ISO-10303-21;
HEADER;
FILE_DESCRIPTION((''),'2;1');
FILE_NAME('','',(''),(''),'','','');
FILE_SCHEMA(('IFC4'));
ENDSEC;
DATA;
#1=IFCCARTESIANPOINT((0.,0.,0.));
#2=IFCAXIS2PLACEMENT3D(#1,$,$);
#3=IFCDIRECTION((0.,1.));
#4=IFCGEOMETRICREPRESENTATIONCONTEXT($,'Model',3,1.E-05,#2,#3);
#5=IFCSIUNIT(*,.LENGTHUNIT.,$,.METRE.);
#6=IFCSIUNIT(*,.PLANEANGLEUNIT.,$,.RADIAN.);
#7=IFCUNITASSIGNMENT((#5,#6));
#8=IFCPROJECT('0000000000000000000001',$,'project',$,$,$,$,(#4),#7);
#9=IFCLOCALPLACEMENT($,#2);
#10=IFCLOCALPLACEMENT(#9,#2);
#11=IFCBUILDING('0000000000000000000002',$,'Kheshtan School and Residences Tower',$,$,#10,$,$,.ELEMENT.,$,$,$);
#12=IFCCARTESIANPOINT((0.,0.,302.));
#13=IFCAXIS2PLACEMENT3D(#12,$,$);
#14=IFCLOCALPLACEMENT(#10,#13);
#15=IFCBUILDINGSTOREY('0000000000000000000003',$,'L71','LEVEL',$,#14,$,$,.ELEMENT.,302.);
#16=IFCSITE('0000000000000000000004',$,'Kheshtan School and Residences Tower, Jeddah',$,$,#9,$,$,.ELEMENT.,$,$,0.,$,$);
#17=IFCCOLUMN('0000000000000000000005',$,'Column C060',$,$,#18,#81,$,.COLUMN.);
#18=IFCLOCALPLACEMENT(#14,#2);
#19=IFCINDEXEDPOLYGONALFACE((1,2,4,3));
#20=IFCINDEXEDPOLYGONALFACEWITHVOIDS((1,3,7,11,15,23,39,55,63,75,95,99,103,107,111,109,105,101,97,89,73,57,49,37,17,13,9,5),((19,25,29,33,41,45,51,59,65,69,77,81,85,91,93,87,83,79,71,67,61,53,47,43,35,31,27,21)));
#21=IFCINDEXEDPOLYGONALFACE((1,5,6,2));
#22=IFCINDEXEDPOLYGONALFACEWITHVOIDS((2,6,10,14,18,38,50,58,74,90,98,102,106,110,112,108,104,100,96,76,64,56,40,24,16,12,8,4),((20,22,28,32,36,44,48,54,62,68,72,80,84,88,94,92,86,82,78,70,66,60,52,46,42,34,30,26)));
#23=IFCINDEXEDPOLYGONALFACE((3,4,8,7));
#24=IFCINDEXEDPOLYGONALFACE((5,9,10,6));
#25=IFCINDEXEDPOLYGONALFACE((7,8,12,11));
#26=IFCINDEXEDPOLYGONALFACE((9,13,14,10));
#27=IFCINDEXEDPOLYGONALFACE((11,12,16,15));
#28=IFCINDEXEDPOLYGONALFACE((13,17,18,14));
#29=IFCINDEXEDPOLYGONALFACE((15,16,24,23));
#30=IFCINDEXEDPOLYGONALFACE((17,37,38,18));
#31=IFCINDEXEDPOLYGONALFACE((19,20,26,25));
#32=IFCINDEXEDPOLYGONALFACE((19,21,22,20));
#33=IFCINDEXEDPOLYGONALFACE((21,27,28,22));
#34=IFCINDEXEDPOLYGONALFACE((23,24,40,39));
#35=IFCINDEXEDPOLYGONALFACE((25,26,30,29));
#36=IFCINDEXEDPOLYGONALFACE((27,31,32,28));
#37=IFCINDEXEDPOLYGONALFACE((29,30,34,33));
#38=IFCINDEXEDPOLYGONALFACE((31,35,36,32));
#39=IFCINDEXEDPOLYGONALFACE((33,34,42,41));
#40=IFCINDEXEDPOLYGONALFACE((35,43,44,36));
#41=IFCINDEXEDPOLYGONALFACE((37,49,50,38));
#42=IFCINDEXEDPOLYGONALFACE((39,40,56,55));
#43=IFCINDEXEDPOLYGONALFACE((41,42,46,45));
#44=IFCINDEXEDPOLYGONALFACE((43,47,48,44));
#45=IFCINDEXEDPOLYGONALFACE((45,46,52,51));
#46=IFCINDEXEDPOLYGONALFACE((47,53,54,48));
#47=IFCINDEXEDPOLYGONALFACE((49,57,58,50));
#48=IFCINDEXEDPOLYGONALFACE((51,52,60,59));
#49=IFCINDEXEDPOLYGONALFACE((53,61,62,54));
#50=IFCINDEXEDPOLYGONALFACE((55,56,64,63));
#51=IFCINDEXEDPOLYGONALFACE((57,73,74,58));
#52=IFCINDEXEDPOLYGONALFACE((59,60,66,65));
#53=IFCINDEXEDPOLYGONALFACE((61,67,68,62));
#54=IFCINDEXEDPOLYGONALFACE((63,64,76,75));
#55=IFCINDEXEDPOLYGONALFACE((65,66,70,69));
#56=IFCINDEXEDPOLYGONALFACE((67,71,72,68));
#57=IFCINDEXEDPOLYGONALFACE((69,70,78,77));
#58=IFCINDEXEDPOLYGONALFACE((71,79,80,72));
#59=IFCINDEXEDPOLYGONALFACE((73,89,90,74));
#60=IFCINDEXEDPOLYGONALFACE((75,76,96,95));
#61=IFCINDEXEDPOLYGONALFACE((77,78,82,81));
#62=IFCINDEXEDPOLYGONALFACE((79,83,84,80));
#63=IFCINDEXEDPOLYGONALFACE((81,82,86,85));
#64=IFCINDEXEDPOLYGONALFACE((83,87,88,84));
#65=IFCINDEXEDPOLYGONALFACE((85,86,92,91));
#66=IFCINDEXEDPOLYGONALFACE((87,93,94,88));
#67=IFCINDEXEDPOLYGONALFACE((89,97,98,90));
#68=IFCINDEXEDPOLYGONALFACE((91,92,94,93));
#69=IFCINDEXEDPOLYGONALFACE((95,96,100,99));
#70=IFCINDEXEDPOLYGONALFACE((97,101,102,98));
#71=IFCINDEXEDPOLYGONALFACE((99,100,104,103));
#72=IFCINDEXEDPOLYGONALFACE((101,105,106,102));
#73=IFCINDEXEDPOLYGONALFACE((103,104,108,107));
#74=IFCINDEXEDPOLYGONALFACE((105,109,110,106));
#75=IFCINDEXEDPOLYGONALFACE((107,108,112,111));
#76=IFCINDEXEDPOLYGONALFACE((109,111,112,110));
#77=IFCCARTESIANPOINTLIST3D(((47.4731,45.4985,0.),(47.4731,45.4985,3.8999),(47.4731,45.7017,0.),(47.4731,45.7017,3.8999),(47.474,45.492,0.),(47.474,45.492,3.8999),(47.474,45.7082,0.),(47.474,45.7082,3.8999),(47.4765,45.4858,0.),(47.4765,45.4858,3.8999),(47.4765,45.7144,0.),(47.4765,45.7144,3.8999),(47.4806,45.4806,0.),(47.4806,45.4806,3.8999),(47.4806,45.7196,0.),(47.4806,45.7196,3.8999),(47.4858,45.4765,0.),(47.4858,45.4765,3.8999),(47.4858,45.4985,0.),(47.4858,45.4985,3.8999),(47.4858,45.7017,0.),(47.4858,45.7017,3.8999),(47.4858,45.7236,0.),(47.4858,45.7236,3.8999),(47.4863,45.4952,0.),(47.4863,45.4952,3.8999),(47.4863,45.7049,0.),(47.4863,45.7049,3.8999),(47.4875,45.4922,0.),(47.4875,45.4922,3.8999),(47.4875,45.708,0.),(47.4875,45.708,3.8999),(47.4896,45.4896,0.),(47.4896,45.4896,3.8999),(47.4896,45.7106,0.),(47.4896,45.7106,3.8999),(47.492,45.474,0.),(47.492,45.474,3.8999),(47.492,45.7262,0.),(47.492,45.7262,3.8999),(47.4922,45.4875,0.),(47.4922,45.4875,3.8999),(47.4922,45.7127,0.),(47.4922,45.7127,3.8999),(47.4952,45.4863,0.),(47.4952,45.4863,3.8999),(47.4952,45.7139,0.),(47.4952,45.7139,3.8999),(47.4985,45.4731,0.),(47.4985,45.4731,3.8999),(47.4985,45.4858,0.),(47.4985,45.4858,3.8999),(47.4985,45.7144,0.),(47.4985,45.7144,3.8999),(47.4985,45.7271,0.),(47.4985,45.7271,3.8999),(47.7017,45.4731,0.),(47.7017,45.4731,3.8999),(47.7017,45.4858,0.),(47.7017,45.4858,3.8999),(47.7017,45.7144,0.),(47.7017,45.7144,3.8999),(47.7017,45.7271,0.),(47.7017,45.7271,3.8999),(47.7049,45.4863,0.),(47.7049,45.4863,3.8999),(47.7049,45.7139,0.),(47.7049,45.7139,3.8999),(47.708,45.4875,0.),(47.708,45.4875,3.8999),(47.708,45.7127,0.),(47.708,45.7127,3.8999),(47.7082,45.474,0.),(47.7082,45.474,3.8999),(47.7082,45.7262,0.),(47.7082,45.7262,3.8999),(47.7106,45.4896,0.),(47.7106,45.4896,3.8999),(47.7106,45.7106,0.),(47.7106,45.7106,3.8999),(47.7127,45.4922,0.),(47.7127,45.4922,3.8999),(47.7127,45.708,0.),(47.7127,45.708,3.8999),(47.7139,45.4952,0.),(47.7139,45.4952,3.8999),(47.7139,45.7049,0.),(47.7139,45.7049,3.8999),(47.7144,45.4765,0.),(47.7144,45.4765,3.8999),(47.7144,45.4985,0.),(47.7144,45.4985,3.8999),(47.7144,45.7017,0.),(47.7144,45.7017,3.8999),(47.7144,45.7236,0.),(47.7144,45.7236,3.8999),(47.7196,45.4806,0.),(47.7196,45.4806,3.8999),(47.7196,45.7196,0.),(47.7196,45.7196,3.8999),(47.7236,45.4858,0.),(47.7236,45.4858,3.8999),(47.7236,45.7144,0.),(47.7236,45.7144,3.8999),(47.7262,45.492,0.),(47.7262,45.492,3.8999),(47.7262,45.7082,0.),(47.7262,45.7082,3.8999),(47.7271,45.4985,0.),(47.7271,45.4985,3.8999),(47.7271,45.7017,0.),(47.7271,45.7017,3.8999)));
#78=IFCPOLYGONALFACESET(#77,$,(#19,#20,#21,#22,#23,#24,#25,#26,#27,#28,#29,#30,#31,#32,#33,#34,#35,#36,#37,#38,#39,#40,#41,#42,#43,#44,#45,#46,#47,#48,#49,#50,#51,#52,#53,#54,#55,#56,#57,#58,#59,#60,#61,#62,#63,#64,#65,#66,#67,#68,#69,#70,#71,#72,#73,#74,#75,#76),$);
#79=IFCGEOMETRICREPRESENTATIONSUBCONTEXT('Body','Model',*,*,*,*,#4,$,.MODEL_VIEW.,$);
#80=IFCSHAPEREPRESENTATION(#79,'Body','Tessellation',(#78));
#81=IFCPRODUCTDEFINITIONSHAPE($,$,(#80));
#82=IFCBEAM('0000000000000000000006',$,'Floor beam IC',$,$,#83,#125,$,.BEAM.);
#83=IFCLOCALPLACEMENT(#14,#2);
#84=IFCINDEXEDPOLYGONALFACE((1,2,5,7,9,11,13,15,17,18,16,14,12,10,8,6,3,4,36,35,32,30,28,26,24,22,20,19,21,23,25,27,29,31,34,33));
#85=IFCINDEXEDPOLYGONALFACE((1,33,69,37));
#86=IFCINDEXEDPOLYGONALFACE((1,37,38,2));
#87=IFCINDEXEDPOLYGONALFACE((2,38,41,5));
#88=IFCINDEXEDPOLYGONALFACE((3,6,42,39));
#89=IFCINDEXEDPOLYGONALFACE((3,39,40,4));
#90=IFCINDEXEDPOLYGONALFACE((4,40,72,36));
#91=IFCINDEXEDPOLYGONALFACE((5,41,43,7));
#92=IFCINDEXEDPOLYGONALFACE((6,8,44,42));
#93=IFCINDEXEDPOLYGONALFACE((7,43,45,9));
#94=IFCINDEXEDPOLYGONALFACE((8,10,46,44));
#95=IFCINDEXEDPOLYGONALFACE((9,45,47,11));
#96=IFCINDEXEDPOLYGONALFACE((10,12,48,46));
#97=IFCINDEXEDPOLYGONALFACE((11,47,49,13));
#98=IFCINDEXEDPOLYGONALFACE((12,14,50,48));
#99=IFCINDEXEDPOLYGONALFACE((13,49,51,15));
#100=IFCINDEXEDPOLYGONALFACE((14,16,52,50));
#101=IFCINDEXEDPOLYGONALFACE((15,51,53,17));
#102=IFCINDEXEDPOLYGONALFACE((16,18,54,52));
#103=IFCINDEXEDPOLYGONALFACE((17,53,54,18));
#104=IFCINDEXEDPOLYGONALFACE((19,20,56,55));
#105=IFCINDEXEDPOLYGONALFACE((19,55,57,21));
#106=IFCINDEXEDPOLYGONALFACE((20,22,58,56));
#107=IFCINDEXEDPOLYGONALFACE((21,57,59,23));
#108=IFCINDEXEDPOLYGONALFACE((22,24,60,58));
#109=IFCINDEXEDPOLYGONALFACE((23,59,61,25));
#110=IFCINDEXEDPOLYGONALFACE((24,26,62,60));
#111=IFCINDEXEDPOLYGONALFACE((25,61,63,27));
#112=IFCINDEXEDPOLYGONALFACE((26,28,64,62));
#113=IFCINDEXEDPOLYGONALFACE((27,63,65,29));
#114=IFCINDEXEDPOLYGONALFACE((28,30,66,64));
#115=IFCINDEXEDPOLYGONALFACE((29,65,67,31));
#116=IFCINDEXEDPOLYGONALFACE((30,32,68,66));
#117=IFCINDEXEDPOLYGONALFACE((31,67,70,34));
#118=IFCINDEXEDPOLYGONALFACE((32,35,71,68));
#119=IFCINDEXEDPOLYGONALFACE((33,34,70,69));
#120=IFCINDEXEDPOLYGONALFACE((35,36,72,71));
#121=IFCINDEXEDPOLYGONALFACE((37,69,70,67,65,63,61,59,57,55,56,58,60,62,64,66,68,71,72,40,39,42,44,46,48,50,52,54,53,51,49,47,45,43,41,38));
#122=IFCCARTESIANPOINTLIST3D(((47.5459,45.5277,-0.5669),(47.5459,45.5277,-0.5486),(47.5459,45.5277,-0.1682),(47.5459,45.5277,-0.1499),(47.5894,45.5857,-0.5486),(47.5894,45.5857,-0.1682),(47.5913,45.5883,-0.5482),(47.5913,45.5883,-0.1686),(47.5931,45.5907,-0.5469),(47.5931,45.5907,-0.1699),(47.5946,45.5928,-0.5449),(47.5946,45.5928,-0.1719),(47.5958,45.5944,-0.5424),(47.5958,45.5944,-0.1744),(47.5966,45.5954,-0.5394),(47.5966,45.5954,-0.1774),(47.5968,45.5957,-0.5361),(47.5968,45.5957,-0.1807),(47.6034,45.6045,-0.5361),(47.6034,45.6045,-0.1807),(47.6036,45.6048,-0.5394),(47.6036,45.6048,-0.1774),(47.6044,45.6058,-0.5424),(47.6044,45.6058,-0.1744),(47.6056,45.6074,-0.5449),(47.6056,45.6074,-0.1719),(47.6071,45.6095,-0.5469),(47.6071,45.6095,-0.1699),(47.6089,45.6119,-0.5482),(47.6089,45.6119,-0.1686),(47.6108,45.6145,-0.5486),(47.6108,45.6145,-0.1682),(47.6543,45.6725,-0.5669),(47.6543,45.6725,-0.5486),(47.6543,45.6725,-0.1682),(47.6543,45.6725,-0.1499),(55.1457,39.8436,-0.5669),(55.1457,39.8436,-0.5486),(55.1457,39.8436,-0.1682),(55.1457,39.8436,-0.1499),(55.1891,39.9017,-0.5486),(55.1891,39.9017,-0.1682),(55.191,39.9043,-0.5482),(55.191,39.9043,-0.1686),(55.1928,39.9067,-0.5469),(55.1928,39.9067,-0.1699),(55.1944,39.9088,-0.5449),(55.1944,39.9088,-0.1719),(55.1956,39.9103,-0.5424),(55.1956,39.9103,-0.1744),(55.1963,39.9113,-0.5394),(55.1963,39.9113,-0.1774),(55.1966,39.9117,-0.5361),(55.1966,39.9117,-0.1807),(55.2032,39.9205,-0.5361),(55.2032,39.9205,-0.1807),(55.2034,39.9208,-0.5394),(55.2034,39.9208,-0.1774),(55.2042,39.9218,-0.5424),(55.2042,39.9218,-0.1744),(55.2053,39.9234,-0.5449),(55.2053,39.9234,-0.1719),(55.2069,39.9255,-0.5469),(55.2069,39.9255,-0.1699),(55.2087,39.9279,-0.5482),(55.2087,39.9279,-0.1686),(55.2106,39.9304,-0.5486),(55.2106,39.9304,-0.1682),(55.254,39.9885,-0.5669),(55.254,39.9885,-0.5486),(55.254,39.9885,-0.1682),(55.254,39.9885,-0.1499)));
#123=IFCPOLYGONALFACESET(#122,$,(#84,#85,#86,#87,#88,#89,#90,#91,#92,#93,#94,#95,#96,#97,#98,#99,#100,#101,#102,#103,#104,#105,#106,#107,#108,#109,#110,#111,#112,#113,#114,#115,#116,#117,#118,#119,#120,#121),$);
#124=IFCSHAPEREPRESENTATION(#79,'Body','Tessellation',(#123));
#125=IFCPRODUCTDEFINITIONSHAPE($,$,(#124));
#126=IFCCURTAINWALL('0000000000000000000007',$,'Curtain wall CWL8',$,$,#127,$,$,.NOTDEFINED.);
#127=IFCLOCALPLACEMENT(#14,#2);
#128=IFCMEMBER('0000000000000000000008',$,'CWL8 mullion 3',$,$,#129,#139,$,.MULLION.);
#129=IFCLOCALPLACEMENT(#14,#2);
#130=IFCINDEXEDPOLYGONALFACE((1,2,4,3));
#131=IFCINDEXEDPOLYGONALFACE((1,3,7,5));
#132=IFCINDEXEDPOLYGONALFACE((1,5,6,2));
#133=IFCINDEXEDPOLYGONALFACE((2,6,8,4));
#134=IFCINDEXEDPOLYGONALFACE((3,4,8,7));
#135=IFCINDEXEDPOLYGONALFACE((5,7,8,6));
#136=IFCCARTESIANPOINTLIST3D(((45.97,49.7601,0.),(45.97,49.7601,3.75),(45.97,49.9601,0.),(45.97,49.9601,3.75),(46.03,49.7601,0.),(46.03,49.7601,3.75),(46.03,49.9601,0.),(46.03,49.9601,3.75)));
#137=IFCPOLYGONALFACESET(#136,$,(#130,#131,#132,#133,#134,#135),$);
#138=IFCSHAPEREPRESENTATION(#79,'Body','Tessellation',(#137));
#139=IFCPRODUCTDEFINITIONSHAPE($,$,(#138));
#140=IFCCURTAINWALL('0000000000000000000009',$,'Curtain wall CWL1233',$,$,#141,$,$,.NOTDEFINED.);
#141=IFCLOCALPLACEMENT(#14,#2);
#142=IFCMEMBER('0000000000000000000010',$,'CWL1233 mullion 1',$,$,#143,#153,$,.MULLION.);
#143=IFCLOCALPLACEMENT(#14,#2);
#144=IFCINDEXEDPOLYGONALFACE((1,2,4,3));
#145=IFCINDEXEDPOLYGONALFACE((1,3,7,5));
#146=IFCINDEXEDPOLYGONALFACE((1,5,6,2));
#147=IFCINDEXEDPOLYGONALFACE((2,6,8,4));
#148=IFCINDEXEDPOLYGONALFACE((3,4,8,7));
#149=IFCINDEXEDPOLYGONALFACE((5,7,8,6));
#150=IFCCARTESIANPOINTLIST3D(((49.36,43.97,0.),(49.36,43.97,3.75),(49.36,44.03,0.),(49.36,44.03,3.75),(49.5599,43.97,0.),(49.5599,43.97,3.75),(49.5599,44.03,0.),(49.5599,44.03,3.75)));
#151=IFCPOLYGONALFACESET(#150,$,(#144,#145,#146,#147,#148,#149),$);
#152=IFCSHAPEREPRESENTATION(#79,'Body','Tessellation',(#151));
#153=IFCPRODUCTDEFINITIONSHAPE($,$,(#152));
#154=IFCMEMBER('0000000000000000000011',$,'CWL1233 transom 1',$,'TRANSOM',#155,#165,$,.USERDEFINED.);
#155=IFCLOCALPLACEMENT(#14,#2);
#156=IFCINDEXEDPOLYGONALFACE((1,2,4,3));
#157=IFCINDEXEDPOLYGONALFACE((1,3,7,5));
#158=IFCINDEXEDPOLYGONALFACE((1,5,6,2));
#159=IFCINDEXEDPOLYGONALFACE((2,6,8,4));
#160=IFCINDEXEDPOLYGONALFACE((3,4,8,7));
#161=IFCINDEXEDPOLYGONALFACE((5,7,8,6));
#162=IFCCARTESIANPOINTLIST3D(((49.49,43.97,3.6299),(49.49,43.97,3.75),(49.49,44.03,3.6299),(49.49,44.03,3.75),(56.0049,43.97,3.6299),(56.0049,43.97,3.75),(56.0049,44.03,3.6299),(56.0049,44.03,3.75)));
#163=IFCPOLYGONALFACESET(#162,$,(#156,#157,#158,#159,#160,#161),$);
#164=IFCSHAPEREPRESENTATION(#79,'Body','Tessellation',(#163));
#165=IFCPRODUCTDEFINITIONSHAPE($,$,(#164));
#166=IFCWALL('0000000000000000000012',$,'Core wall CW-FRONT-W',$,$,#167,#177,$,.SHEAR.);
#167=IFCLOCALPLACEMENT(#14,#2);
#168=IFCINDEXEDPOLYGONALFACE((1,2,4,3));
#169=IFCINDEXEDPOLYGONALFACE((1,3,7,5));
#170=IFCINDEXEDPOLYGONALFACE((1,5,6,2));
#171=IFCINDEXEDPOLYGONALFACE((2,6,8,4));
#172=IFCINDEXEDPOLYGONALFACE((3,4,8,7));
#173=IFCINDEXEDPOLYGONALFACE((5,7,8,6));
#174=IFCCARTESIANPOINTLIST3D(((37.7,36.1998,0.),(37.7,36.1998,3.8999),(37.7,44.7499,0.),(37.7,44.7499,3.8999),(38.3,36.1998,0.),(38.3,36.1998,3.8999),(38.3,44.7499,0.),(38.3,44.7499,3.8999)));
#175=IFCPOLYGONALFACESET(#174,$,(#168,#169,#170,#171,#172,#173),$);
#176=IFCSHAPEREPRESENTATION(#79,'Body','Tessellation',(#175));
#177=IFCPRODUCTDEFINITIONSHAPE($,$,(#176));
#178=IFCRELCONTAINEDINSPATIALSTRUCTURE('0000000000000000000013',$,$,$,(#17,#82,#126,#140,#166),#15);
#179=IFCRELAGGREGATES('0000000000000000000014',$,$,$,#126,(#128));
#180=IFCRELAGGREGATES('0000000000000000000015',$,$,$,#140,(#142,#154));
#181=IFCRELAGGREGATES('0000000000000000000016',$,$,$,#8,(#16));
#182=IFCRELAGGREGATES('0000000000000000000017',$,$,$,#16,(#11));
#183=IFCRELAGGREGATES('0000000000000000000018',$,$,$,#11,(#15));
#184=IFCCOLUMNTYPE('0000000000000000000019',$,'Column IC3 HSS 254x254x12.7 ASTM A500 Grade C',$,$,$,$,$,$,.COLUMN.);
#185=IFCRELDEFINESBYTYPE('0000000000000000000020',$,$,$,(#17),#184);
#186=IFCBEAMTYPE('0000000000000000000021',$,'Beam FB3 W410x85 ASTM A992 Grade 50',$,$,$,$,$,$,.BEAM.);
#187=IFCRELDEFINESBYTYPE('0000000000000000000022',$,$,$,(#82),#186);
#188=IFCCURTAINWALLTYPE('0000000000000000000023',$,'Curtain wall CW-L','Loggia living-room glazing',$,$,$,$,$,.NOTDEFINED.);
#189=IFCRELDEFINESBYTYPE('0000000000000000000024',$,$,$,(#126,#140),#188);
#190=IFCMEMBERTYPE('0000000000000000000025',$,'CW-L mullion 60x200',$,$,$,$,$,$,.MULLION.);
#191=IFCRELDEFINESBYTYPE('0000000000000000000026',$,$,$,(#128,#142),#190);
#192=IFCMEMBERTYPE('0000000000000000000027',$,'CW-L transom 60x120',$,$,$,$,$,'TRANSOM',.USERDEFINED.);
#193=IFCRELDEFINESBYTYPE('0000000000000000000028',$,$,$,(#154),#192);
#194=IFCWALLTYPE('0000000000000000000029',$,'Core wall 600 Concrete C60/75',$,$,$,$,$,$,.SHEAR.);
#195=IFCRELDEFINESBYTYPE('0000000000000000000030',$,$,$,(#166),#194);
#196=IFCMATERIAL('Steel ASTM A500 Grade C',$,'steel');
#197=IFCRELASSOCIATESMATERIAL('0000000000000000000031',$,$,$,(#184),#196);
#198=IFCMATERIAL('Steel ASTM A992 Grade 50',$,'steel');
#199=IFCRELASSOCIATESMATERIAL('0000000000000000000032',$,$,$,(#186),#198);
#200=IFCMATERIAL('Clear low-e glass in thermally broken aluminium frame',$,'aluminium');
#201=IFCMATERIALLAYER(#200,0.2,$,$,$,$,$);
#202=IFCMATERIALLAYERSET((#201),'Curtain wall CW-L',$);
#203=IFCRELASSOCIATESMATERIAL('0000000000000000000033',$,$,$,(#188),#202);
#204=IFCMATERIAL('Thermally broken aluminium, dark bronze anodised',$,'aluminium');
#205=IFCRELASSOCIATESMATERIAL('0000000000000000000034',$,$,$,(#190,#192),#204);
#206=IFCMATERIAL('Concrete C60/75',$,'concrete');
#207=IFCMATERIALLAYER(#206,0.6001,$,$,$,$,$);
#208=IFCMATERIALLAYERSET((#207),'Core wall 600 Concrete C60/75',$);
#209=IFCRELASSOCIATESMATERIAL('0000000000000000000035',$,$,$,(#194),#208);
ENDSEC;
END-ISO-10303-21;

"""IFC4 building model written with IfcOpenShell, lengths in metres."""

from ifc_helpers import new_model, si_unit, direction, frame, frame_2d, origin, origin_2d, place, context, subcontext, project, spatial, rectangle, hollow_rectangle, i_section, extrude, material, layer, layer_set, material_profile, profile_set, type_object, element, aggregate, save


model = new_model("IFC4")

# Units and contexts
model_context = context("Model", 3, precision=1e-05, world=origin(), true_north=direction((0.0, 1.0)))
body_context = subcontext(model_context, "Body", "Model", "MODEL_VIEW")
ifc_project = project(units=[si_unit("LENGTHUNIT", "METRE"), si_unit("PLANEANGLEUNIT", "RADIAN")], contexts=[model_context])

# Site, building, storey
site_placement = place(None, origin())
site = spatial("IfcSite", under=ifc_project, at=site_placement, Name="Kheshtan School and Residences Tower, Jeddah", CompositionType="ELEMENT", RefElevation=0.0)
building_placement = place(site_placement, origin())
building = spatial("IfcBuilding", under=site, at=building_placement, Name="Kheshtan School and Residences Tower", CompositionType="ELEMENT")
storey_placement = place(building_placement, frame((0.0, 0.0, 302.0)))
storey = spatial("IfcBuildingStorey", under=building, at=storey_placement, Name="L71", Description="LEVEL", CompositionType="ELEMENT", Elevation=302.0)

# Column
ifc_material_1 = material(Name="Steel ASTM A500 Grade C", Category="steel")
ifc_material_profile_1 = material_profile(ifc_material_1, hollow_rectangle(XDim=0.2539, YDim=0.2539, WallThickness=0.0127, InnerFilletRadius=0.0127, OuterFilletRadius=0.0254, at=origin_2d()), Name="HSS 254x254x12.7")
ifc_profile_set_1 = profile_set([ifc_material_profile_1], Name="Steel ASTM A500 Grade C")
column_type = type_object("IfcColumnType", Name="Column IC3 HSS 254x254x12.7 ASTM A500 Grade C", PredefinedType="COLUMN", material=ifc_profile_set_1)
column_placement = place(storey_placement, frame((47.6001, 45.6001, 0.0), z_axis=(0.0, 0.0, 1.0), x_axis=(1.0, 0.0, 0.0)))
element("IfcColumn", 1, at=column_placement, inside=storey, type_object=column_type, Name="Column C060", PredefinedType="COLUMN", context=body_context, shape_type="SweptSolid", body=[
    extrude(hollow_rectangle(XDim=0.2539, YDim=0.2539, WallThickness=0.0127, InnerFilletRadius=0.0127, OuterFilletRadius=0.0254, at=origin_2d()), origin(), (0.0, 0.0, 1.0), 3.8999),
])

# Beam
ifc_material_2 = material(Name="Steel ASTM A992 Grade 50", Category="steel")
ifc_material_profile_2 = material_profile(ifc_material_2, i_section(OverallWidth=0.1809, OverallDepth=0.417, WebThickness=0.011, FlangeThickness=0.0183, FilletRadius=0.0125, at=origin_2d()), Name="W410x85")
ifc_profile_set_2 = profile_set([ifc_material_profile_2], Name="Steel ASTM A992 Grade 50")
beam_type = type_object("IfcBeamType", Name="Beam FB3 W410x85 ASTM A992 Grade 50", PredefinedType="BEAM", material=ifc_profile_set_2)
beam_placement = place(storey_placement, frame((47.6001, 45.6001, -0.3584), z_axis=(0.800799, -0.598933, 0.0), x_axis=(0.598933, 0.800799, 0.0)))
element("IfcBeam", 2, at=beam_placement, inside=storey, type_object=beam_type, Name="Floor beam IC", PredefinedType="BEAM", context=body_context, shape_type="SweptSolid", body=[
    extrude(i_section(OverallWidth=0.1809, OverallDepth=0.417, WebThickness=0.011, FlangeThickness=0.0183, FilletRadius=0.0125, at=origin_2d()), origin(), (0.0, 0.0, 1.0), 9.4902),
])

# Curtain wall, member
ifc_material_3 = material(Name="Clear low-e glass in thermally broken aluminium frame", Category="aluminium")
ifc_layer_1 = layer(ifc_material_3, 0.2)
ifc_layer_set_1 = layer_set([ifc_layer_1], Name="Curtain wall CW-L")
curtain_wall_type = type_object("IfcCurtainWallType", Name="Curtain wall CW-L", Description="Loggia living-room glazing", PredefinedType="NOTDEFINED", material=ifc_layer_set_1)
curtain_wall_1_placement = place(storey_placement, origin())
curtain_wall_1 = element("IfcCurtainWall", 3, at=curtain_wall_1_placement, inside=storey, type_object=curtain_wall_type, Name="Curtain wall CWL8", PredefinedType="NOTDEFINED")
ifc_material_4 = material(Name="Thermally broken aluminium, dark bronze anodised", Category="aluminium")
ifc_material_profile_3 = material_profile(ifc_material_4, rectangle(XDim=0.0601, YDim=0.2, at=origin_2d()), Name="CW-L mullion 60x200")
ifc_profile_set_3 = profile_set([ifc_material_profile_3], Name="Thermally broken aluminium, dark bronze anodised")
member_type_1 = type_object("IfcMemberType", Name="CW-L mullion 60x200", PredefinedType="MULLION", material=ifc_profile_set_3)
member_1_placement = place(storey_placement, frame((46.0, 49.8601, 0.0), z_axis=(0.0, 0.0, 1.0), x_axis=(1.0, 0.0, 0.0)))
member_1 = element("IfcMember", 4, at=member_1_placement, type_object=member_type_1, Name="CWL8 mullion 3", PredefinedType="MULLION", context=body_context, shape_type="SweptSolid", body=[
    extrude(rectangle(XDim=0.0601, YDim=0.2, at=origin_2d()), origin(), (0.0, 0.0, 1.0), 3.75),
])
aggregate(curtain_wall_1, [member_1])

# Curtain wall, members
curtain_wall_2_placement = place(storey_placement, origin())
curtain_wall_2 = element("IfcCurtainWall", 5, at=curtain_wall_2_placement, inside=storey, type_object=curtain_wall_type, Name="Curtain wall CWL1233", PredefinedType="NOTDEFINED")
member_2_placement = place(storey_placement, frame((49.46, 44.0, 0.0), z_axis=(0.0, 0.0, 1.0), x_axis=(0.0, 1.0, 0.0)))
member_2 = element("IfcMember", 6, at=member_2_placement, type_object=member_type_1, Name="CWL1233 mullion 1", PredefinedType="MULLION", context=body_context, shape_type="SweptSolid", body=[
    extrude(rectangle(XDim=0.0601, YDim=0.2, at=origin_2d()), origin(), (0.0, 0.0, 1.0), 3.75),
])
ifc_material_profile_4 = material_profile(ifc_material_4, rectangle(XDim=0.0601, YDim=0.1201, at=origin_2d()), Name="CW-L transom 60x120")
ifc_profile_set_4 = profile_set([ifc_material_profile_4], Name="Thermally broken aluminium, dark bronze anodised")
member_type_2 = type_object("IfcMemberType", Name="CW-L transom 60x120", ElementType="TRANSOM", PredefinedType="USERDEFINED", material=ifc_profile_set_4)
member_3_placement = place(storey_placement, frame((49.49, 44.0, 3.6899), z_axis=(1.0, 0.0, 0.0), x_axis=(0.0, 1.0, 0.0)))
member_3 = element("IfcMember", 7, at=member_3_placement, type_object=member_type_2, Name="CWL1233 transom 1", ObjectType="TRANSOM", PredefinedType="USERDEFINED", context=body_context, shape_type="SweptSolid", body=[
    extrude(rectangle(XDim=0.0601, YDim=0.1201, at=origin_2d()), origin(), (0.0, 0.0, 1.0), 6.5149),
])
aggregate(curtain_wall_2, [member_2, member_3])

# Wall
ifc_material_5 = material(Name="Concrete C60/75", Category="concrete")
ifc_layer_2 = layer(ifc_material_5, 0.6001)
ifc_layer_set_2 = layer_set([ifc_layer_2], Name="Core wall 600 Concrete C60/75")
wall_type_1 = type_object("IfcWallType", Name="Core wall 600 Concrete C60/75", PredefinedType="SHEAR", material=ifc_layer_set_2)
wall_1_placement = place(storey_placement, frame((38.0, 36.2, 0.0), z_axis=(0.0, 0.0, 1.0), x_axis=(0.0, 1.0, 0.0)))
element("IfcWall", 8, at=wall_1_placement, inside=storey, type_object=wall_type_1, Name="Core wall CW-FRONT-W", PredefinedType="SHEAR", context=body_context, shape_type="SweptSolid", body=[
    extrude(rectangle(XDim=8.55, YDim=0.6001, at=frame_2d((4.2749, 0.0))), origin(), (0.0, 0.0, 1.0), 3.8999),
])

save(model, "model.ifc")
